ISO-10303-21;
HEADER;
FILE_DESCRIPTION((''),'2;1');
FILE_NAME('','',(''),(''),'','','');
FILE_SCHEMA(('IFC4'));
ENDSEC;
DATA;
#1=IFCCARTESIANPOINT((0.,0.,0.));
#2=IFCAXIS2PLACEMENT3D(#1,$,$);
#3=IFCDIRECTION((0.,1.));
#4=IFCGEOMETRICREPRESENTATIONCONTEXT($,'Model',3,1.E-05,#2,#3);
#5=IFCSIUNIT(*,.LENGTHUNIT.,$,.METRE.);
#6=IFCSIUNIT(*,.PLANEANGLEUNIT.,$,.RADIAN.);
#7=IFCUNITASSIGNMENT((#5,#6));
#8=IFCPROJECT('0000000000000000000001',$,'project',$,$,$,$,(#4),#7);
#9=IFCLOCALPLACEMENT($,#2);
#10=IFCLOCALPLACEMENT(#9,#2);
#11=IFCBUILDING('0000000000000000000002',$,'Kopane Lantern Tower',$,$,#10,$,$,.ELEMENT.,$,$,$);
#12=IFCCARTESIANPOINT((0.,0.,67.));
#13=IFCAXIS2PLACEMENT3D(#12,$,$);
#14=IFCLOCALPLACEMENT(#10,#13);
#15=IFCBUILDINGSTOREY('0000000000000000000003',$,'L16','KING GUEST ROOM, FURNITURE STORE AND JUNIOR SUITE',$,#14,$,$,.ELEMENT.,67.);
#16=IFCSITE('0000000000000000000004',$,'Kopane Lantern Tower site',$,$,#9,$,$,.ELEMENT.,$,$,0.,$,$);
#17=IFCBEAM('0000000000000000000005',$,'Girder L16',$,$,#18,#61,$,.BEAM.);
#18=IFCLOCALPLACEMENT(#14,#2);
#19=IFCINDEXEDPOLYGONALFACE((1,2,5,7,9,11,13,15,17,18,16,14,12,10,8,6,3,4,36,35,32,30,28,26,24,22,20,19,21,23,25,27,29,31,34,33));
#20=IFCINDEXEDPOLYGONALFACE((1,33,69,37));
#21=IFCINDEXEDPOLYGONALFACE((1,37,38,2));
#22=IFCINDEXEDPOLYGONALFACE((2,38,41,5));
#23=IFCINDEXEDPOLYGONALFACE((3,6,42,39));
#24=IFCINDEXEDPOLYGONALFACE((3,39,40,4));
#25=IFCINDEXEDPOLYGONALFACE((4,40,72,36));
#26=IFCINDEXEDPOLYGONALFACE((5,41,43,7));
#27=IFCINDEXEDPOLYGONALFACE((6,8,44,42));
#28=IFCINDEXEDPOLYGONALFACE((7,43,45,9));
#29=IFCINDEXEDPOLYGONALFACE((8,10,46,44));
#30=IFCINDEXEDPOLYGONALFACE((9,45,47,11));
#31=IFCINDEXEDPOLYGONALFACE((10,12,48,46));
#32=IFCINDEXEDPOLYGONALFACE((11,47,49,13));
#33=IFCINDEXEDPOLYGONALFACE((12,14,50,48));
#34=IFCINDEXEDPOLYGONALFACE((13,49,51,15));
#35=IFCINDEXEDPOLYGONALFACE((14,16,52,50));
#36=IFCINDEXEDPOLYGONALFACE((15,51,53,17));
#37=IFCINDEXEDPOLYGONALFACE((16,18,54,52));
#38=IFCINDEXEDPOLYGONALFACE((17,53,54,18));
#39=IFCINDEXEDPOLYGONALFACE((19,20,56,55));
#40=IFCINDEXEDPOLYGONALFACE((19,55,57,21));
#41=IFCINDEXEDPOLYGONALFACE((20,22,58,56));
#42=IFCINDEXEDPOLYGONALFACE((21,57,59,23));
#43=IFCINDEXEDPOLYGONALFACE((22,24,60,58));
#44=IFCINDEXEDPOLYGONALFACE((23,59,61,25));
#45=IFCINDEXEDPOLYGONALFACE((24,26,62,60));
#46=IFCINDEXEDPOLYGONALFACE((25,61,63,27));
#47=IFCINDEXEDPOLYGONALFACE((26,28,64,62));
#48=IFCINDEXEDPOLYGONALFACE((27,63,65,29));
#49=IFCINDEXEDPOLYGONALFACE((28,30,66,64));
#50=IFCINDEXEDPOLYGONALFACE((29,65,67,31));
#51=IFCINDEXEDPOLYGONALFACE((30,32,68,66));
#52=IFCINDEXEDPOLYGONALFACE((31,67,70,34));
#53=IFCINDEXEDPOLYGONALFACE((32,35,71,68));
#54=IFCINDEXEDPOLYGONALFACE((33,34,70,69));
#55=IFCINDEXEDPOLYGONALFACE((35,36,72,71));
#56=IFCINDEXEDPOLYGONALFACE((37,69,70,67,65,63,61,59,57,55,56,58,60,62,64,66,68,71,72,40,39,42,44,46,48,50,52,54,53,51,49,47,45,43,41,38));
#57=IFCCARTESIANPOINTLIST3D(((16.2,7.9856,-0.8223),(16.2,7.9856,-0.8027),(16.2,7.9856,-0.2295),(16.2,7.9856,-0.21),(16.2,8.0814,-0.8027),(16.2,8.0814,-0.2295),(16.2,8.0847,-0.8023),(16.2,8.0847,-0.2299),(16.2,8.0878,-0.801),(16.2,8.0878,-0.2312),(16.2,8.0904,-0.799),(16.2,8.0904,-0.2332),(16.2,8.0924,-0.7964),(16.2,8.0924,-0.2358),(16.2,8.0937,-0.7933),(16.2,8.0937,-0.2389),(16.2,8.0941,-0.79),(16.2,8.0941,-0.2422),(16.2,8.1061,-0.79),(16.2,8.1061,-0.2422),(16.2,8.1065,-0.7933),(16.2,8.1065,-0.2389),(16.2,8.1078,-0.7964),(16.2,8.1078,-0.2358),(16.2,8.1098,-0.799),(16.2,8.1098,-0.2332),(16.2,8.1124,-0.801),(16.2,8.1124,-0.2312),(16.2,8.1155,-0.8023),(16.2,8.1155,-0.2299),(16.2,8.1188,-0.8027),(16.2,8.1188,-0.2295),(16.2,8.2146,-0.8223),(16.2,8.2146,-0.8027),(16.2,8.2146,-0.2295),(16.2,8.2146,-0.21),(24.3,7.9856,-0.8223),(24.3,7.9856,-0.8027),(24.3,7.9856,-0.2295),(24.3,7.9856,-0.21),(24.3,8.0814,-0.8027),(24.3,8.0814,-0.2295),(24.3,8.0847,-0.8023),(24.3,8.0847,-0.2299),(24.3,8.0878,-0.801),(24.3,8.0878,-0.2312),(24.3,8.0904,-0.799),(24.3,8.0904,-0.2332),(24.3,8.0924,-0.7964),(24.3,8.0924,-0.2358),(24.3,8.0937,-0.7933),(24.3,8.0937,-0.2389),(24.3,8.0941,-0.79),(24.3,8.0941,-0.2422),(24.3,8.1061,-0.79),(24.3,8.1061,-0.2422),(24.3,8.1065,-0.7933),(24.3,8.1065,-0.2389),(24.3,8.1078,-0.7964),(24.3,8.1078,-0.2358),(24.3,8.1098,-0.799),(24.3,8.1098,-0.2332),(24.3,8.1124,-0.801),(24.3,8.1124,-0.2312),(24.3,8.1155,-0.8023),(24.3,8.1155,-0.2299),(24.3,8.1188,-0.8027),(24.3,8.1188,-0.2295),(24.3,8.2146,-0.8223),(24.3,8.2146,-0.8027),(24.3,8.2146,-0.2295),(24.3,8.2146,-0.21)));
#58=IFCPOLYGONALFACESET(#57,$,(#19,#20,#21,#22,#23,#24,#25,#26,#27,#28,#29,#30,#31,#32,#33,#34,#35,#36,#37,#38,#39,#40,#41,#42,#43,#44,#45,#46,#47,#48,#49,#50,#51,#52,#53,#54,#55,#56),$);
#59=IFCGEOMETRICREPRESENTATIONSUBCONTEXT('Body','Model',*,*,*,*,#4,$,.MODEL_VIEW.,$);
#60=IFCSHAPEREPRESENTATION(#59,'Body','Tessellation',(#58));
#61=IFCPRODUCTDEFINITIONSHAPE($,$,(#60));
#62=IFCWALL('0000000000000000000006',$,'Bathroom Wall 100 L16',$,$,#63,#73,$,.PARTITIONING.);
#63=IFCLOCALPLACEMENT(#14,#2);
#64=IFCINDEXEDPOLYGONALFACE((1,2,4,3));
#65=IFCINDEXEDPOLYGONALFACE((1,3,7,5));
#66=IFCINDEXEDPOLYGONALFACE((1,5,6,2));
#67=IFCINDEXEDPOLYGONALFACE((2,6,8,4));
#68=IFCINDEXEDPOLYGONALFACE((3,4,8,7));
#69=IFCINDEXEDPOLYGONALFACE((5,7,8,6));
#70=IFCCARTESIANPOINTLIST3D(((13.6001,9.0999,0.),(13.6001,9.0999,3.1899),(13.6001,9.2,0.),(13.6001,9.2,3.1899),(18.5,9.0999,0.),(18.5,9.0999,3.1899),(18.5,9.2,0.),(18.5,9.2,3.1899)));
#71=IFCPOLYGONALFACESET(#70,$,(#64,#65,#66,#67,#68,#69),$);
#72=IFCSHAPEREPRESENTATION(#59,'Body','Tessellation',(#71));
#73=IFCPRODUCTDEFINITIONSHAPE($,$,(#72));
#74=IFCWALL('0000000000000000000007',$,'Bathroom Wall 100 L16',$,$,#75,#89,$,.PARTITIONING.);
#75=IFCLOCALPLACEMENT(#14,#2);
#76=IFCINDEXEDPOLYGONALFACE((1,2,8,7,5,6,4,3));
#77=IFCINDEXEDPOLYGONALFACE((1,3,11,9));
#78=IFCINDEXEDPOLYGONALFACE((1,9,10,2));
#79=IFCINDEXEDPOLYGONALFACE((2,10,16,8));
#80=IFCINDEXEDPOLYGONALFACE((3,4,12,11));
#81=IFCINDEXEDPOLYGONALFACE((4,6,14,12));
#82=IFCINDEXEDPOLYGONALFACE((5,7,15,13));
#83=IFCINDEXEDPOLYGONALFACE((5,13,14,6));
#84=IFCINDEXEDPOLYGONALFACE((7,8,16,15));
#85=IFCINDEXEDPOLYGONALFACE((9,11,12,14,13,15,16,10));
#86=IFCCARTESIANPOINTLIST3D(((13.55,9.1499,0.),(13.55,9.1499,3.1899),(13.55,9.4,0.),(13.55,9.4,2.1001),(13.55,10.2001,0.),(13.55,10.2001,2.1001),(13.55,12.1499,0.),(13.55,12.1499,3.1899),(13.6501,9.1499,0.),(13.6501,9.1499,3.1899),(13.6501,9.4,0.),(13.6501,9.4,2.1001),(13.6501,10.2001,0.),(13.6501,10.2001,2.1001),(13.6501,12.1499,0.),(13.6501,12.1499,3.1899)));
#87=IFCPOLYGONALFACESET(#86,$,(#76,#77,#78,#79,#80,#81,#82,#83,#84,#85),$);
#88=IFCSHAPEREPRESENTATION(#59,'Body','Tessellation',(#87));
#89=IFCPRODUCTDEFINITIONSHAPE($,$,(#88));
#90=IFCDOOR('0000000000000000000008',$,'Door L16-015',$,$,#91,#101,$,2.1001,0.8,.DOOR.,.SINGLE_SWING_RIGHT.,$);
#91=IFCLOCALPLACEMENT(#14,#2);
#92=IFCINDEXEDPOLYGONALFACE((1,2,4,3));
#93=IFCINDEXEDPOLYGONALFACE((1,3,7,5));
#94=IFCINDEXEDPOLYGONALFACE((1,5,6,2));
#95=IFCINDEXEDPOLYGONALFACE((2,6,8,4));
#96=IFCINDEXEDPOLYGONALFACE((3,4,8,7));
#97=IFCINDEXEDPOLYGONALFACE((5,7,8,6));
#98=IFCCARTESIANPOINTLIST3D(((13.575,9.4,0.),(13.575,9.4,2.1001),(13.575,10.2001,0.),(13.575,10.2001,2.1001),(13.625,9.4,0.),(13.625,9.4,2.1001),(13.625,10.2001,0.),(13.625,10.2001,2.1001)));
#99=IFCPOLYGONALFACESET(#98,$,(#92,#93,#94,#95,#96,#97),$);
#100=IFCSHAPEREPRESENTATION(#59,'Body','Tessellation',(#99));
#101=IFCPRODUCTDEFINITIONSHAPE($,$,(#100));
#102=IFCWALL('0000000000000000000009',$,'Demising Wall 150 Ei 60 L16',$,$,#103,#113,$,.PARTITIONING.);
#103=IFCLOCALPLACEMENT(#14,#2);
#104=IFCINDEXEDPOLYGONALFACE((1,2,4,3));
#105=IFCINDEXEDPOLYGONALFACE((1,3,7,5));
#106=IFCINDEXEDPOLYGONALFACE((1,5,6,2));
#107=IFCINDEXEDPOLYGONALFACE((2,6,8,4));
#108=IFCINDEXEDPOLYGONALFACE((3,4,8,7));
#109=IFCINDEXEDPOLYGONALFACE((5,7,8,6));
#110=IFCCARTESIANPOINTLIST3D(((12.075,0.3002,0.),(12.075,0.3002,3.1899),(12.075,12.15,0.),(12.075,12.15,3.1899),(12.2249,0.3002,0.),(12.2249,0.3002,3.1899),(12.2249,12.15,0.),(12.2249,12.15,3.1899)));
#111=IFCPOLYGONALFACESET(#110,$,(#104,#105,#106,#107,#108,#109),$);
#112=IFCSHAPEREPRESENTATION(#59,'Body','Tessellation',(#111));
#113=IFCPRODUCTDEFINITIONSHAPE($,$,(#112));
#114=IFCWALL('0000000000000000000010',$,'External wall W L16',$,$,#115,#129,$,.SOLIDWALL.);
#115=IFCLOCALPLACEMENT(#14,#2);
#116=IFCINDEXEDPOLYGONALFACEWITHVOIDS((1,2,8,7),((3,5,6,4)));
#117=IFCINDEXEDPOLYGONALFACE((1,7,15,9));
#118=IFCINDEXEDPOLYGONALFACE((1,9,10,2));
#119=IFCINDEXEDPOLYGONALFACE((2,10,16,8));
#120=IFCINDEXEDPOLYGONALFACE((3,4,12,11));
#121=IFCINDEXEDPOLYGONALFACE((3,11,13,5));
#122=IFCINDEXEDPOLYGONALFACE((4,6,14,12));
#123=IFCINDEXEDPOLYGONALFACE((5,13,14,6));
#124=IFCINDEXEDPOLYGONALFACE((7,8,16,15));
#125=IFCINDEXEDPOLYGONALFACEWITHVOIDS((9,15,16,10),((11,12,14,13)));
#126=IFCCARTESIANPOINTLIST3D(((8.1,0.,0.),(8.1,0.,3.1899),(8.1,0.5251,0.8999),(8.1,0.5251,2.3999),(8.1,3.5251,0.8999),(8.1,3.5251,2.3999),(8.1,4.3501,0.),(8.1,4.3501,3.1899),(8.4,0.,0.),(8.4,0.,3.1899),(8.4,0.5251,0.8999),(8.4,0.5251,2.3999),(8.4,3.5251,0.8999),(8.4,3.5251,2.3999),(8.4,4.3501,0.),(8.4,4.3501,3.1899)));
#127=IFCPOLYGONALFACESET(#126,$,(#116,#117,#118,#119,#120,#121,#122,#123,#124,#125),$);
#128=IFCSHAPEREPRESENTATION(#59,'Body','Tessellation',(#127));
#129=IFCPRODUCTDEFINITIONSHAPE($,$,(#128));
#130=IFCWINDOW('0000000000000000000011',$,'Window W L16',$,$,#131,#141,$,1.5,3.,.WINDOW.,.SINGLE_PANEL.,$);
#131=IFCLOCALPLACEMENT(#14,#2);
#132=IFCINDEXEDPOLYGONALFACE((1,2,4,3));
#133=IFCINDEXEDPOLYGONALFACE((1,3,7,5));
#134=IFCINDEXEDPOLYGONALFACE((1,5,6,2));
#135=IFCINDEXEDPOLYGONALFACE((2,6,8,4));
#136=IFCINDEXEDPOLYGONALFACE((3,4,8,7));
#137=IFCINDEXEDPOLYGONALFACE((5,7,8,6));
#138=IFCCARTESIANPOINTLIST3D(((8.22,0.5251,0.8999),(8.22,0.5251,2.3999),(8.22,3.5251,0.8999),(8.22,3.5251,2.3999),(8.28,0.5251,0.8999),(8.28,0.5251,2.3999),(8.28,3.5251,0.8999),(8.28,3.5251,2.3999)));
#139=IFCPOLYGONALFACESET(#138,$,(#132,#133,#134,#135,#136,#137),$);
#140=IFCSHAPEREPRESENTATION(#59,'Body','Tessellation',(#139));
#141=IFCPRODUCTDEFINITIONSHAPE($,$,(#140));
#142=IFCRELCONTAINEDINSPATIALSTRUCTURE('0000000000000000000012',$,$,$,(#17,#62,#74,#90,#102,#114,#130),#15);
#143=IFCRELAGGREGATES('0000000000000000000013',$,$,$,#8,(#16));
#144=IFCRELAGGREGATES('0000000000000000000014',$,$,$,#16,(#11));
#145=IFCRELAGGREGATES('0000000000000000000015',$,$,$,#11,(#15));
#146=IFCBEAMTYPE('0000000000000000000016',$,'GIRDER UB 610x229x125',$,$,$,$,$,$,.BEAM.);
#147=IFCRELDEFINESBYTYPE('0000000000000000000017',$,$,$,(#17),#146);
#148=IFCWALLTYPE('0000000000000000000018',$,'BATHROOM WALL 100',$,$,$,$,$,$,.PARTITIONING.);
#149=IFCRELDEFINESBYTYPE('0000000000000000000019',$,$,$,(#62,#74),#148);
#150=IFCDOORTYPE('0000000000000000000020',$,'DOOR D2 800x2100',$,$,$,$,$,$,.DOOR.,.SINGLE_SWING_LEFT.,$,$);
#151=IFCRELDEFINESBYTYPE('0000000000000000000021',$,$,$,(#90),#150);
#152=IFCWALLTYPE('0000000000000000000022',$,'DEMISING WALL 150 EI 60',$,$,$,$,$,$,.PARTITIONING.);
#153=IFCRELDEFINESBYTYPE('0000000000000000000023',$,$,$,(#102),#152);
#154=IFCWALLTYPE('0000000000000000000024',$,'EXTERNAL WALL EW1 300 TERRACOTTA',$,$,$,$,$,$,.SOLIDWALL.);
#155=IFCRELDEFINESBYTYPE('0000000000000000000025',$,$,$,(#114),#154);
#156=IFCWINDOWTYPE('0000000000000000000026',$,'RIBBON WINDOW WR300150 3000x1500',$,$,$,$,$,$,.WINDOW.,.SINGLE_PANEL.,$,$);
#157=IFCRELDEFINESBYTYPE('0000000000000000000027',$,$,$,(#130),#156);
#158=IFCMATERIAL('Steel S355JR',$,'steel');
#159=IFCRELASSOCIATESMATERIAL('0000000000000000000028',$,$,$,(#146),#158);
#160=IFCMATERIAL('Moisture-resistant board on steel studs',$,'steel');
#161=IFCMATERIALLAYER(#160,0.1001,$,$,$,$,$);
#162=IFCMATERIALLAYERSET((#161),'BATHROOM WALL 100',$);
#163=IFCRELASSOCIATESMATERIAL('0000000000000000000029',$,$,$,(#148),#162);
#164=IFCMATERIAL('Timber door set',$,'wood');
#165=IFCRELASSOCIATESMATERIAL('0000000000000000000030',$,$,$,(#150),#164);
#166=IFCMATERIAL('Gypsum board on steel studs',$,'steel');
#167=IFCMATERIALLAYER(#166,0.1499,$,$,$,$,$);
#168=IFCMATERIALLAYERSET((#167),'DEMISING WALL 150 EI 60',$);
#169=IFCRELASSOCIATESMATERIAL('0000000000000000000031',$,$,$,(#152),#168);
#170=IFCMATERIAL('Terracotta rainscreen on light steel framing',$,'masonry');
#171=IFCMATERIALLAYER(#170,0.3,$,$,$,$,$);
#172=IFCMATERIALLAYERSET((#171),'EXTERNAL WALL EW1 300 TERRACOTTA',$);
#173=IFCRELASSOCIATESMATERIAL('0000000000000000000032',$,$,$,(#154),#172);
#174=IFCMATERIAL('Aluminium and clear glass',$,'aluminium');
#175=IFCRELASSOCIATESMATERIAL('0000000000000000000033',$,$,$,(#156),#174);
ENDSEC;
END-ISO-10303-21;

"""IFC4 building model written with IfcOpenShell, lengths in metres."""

from ifc_helpers import new_model, si_unit, direction, frame, frame_2d, origin, origin_2d, place, context, subcontext, project, spatial, rectangle, i_section, extrude, material, layer, layer_set, material_profile, profile_set, type_object, element, fill, save


model = new_model("IFC4")

# Units and contexts
model_context = context("Model", 3, precision=1e-05, world=origin(), true_north=direction((0.0, 1.0)))
body_context = subcontext(model_context, "Body", "Model", "MODEL_VIEW")
ifc_project = project(units=[si_unit("LENGTHUNIT", "METRE"), si_unit("PLANEANGLEUNIT", "RADIAN")], contexts=[model_context])

# Site, building, storey
site_placement = place(None, origin())
site = spatial("IfcSite", under=ifc_project, at=site_placement, Name="Kopane Lantern Tower site", CompositionType="ELEMENT", RefElevation=0.0)
building_placement = place(site_placement, origin())
building = spatial("IfcBuilding", under=site, at=building_placement, Name="Kopane Lantern Tower", CompositionType="ELEMENT")
storey_placement = place(building_placement, frame((0.0, 0.0, 67.0)))
storey = spatial("IfcBuildingStorey", under=building, at=storey_placement, Name="L16", Description="KING GUEST ROOM, FURNITURE STORE AND JUNIOR SUITE", CompositionType="ELEMENT", Elevation=67.0)

# Beam
ifc_material_1 = material(Name="Steel S355JR", Category="steel")
ifc_material_profile_1 = material_profile(ifc_material_1, i_section(OverallWidth=0.229, OverallDepth=0.6123, WebThickness=0.012, FlangeThickness=0.0195, FilletRadius=0.0127, at=origin_2d()), Name="UB 610x229x125")
ifc_profile_set_1 = profile_set([ifc_material_profile_1], Name="Steel S355JR")
beam_type = type_object("IfcBeamType", Name="GIRDER UB 610x229x125", PredefinedType="BEAM", material=ifc_profile_set_1)
beam_1_placement = place(storey_placement, frame((16.2, 8.1001, -0.5161), z_axis=(1.0, 0.0, 0.0), x_axis=(0.0, 1.0, 0.0)))
element("IfcBeam", 1, at=beam_1_placement, inside=storey, type_object=beam_type, Name="Girder L16", PredefinedType="BEAM", context=body_context, shape_type="SweptSolid", body=[
    extrude(i_section(OverallWidth=0.229, OverallDepth=0.6123, WebThickness=0.012, FlangeThickness=0.0195, FilletRadius=0.0127, at=origin_2d()), origin(), (0.0, 0.0, 1.0), 8.1001),
])

# Wall
ifc_material_2 = material(Name="Moisture-resistant board on steel studs", Category="steel")
ifc_layer_1 = layer(ifc_material_2, 0.1001)
ifc_layer_set_1 = layer_set([ifc_layer_1], Name="BATHROOM WALL 100")
wall_type_1 = type_object("IfcWallType", Name="BATHROOM WALL 100", PredefinedType="PARTITIONING", material=ifc_layer_set_1)
wall_1_placement = place(storey_placement, frame((13.6001, 9.1499, 0.0), z_axis=(0.0, 0.0, 1.0), x_axis=(1.0, 0.0, 0.0)))
element("IfcWall", 2, at=wall_1_placement, inside=storey, type_object=wall_type_1, Name="Bathroom Wall 100 L16", PredefinedType="PARTITIONING", context=body_context, shape_type="SweptSolid", body=[
    extrude(rectangle(XDim=4.8999, YDim=0.1001, at=frame_2d((2.45, 0.0))), origin(), (0.0, 0.0, 1.0), 3.1899),
])

# Wall, opening, door
wall_2_placement = place(storey_placement, frame((13.6001, 12.1499, 0.0), z_axis=(0.0, 0.0, 1.0), x_axis=(0.0, -1.0, 0.0)))
wall_2 = element("IfcWall", 3, at=wall_2_placement, inside=storey, type_object=wall_type_1, Name="Bathroom Wall 100 L16", PredefinedType="PARTITIONING", context=body_context, shape_type="SweptSolid", body=[
    extrude(rectangle(XDim=3.0, YDim=0.1001, at=frame_2d((1.5, 0.0))), origin(), (0.0, 0.0, 1.0), 3.1899),
])
opening_1_placement = place(wall_2_placement, frame((1.95, 0.0, 0.0)))
opening_1 = element("IfcOpeningElement", 4, at=opening_1_placement, cuts=wall_2, PredefinedType="OPENING", context=body_context, shape_type="SweptSolid", body=[
    extrude(rectangle(XDim=0.8, YDim=2.1001, at=frame_2d((0.3999, 1.05))), frame((0.0, 0.0601, 0.0), z_axis=(0.0, -1.0, 0.0), x_axis=(1.0, 0.0, 0.0)), (0.0, 0.0, 1.0), 0.1201),
])
ifc_material_3 = material(Name="Timber door set", Category="wood")
door_type = type_object("IfcDoorType", Name="DOOR D2 800x2100", OperationType="SINGLE_SWING_LEFT", PredefinedType="DOOR", material=ifc_material_3)
door_placement = place(opening_1_placement, origin())
door = element("IfcDoor", 5, at=door_placement, inside=storey, type_object=door_type, Name="Door L16-015", OperationType="SINGLE_SWING_RIGHT", OverallHeight=2.1001, OverallWidth=0.8, PredefinedType="DOOR", context=body_context, shape_type="SweptSolid", body=[
    extrude(rectangle(XDim=0.8, YDim=2.1001, at=frame_2d((0.3999, 1.05))), frame((0.0, 0.0249, 0.0), z_axis=(0.0, -1.0, 0.0), x_axis=(1.0, 0.0, 0.0)), (0.0, 0.0, 1.0), 0.05),
])
fill(opening_1, door)

# Wall
ifc_material_4 = material(Name="Gypsum board on steel studs", Category="steel")
ifc_layer_2 = layer(ifc_material_4, 0.1499)
ifc_layer_set_2 = layer_set([ifc_layer_2], Name="DEMISING WALL 150 EI 60")
wall_type_2 = type_object("IfcWallType", Name="DEMISING WALL 150 EI 60", PredefinedType="PARTITIONING", material=ifc_layer_set_2)
wall_3_placement = place(storey_placement, frame((12.1499, 12.1499, 0.0), z_axis=(0.0, 0.0, 1.0), x_axis=(0.0, -1.0, 0.0)))
element("IfcWall", 6, at=wall_3_placement, inside=storey, type_object=wall_type_2, Name="Demising Wall 150 Ei 60 L16", PredefinedType="PARTITIONING", context=body_context, shape_type="SweptSolid", body=[
    extrude(rectangle(XDim=11.8499, YDim=0.1499, at=frame_2d((5.9248, 0.0))), origin(), (0.0, 0.0, 1.0), 3.1899),
])

# Shared definitions
ifc_material_5 = material(Name="Terracotta rainscreen on light steel framing", Category="masonry")
ifc_layer_3 = layer(ifc_material_5, 0.3)
ifc_layer_set_3 = layer_set([ifc_layer_3], Name="EXTERNAL WALL EW1 300 TERRACOTTA")
wall_type_3 = type_object("IfcWallType", Name="EXTERNAL WALL EW1 300 TERRACOTTA", PredefinedType="SOLIDWALL", material=ifc_layer_set_3)

# Wall, opening, window
wall_4_placement = place(storey_placement, frame((8.25, 4.3501, 0.0), z_axis=(0.0, 0.0, 1.0), x_axis=(0.0, -1.0, 0.0)))
wall_4 = element("IfcWall", 7, at=wall_4_placement, inside=storey, type_object=wall_type_3, Name="External wall W L16", PredefinedType="SOLIDWALL", context=body_context, shape_type="SweptSolid", body=[
    extrude(rectangle(XDim=4.3501, YDim=0.3, at=frame_2d((2.175, 0.0))), origin(), (0.0, 0.0, 1.0), 3.1899),
])
opening_2_placement = place(wall_4_placement, frame((0.825, 0.0, 0.8999)))
opening_2 = element("IfcOpeningElement", 8, at=opening_2_placement, cuts=wall_4, PredefinedType="OPENING", context=body_context, shape_type="SweptSolid", body=[
    extrude(rectangle(XDim=3.0, YDim=1.5, at=frame_2d((1.5, 0.75))), frame((0.0, 0.1599, 0.0), z_axis=(0.0, -1.0, 0.0), x_axis=(1.0, 0.0, 0.0)), (0.0, 0.0, 1.0), 0.3201),
])
ifc_material_6 = material(Name="Aluminium and clear glass", Category="aluminium")
window_type_1 = type_object("IfcWindowType", Name="RIBBON WINDOW WR300150 3000x1500", PartitioningType="SINGLE_PANEL", PredefinedType="WINDOW", material=ifc_material_6)
window_1_placement = place(opening_2_placement, origin())
window_1 = element("IfcWindow", 9, at=window_1_placement, inside=storey, type_object=window_type_1, Name="Window W L16", OverallHeight=1.5, OverallWidth=3.0, PartitioningType="SINGLE_PANEL", PredefinedType="WINDOW", context=body_context, shape_type="SweptSolid", body=[
    extrude(rectangle(XDim=3.0, YDim=1.5, at=frame_2d((1.5, 0.75))), frame((0.0, 0.03, 0.0), z_axis=(0.0, -1.0, 0.0), x_axis=(1.0, 0.0, 0.0)), (0.0, 0.0, 1.0), 0.0601),
])
fill(opening_2, window_1)

save(model, "model.ifc")
